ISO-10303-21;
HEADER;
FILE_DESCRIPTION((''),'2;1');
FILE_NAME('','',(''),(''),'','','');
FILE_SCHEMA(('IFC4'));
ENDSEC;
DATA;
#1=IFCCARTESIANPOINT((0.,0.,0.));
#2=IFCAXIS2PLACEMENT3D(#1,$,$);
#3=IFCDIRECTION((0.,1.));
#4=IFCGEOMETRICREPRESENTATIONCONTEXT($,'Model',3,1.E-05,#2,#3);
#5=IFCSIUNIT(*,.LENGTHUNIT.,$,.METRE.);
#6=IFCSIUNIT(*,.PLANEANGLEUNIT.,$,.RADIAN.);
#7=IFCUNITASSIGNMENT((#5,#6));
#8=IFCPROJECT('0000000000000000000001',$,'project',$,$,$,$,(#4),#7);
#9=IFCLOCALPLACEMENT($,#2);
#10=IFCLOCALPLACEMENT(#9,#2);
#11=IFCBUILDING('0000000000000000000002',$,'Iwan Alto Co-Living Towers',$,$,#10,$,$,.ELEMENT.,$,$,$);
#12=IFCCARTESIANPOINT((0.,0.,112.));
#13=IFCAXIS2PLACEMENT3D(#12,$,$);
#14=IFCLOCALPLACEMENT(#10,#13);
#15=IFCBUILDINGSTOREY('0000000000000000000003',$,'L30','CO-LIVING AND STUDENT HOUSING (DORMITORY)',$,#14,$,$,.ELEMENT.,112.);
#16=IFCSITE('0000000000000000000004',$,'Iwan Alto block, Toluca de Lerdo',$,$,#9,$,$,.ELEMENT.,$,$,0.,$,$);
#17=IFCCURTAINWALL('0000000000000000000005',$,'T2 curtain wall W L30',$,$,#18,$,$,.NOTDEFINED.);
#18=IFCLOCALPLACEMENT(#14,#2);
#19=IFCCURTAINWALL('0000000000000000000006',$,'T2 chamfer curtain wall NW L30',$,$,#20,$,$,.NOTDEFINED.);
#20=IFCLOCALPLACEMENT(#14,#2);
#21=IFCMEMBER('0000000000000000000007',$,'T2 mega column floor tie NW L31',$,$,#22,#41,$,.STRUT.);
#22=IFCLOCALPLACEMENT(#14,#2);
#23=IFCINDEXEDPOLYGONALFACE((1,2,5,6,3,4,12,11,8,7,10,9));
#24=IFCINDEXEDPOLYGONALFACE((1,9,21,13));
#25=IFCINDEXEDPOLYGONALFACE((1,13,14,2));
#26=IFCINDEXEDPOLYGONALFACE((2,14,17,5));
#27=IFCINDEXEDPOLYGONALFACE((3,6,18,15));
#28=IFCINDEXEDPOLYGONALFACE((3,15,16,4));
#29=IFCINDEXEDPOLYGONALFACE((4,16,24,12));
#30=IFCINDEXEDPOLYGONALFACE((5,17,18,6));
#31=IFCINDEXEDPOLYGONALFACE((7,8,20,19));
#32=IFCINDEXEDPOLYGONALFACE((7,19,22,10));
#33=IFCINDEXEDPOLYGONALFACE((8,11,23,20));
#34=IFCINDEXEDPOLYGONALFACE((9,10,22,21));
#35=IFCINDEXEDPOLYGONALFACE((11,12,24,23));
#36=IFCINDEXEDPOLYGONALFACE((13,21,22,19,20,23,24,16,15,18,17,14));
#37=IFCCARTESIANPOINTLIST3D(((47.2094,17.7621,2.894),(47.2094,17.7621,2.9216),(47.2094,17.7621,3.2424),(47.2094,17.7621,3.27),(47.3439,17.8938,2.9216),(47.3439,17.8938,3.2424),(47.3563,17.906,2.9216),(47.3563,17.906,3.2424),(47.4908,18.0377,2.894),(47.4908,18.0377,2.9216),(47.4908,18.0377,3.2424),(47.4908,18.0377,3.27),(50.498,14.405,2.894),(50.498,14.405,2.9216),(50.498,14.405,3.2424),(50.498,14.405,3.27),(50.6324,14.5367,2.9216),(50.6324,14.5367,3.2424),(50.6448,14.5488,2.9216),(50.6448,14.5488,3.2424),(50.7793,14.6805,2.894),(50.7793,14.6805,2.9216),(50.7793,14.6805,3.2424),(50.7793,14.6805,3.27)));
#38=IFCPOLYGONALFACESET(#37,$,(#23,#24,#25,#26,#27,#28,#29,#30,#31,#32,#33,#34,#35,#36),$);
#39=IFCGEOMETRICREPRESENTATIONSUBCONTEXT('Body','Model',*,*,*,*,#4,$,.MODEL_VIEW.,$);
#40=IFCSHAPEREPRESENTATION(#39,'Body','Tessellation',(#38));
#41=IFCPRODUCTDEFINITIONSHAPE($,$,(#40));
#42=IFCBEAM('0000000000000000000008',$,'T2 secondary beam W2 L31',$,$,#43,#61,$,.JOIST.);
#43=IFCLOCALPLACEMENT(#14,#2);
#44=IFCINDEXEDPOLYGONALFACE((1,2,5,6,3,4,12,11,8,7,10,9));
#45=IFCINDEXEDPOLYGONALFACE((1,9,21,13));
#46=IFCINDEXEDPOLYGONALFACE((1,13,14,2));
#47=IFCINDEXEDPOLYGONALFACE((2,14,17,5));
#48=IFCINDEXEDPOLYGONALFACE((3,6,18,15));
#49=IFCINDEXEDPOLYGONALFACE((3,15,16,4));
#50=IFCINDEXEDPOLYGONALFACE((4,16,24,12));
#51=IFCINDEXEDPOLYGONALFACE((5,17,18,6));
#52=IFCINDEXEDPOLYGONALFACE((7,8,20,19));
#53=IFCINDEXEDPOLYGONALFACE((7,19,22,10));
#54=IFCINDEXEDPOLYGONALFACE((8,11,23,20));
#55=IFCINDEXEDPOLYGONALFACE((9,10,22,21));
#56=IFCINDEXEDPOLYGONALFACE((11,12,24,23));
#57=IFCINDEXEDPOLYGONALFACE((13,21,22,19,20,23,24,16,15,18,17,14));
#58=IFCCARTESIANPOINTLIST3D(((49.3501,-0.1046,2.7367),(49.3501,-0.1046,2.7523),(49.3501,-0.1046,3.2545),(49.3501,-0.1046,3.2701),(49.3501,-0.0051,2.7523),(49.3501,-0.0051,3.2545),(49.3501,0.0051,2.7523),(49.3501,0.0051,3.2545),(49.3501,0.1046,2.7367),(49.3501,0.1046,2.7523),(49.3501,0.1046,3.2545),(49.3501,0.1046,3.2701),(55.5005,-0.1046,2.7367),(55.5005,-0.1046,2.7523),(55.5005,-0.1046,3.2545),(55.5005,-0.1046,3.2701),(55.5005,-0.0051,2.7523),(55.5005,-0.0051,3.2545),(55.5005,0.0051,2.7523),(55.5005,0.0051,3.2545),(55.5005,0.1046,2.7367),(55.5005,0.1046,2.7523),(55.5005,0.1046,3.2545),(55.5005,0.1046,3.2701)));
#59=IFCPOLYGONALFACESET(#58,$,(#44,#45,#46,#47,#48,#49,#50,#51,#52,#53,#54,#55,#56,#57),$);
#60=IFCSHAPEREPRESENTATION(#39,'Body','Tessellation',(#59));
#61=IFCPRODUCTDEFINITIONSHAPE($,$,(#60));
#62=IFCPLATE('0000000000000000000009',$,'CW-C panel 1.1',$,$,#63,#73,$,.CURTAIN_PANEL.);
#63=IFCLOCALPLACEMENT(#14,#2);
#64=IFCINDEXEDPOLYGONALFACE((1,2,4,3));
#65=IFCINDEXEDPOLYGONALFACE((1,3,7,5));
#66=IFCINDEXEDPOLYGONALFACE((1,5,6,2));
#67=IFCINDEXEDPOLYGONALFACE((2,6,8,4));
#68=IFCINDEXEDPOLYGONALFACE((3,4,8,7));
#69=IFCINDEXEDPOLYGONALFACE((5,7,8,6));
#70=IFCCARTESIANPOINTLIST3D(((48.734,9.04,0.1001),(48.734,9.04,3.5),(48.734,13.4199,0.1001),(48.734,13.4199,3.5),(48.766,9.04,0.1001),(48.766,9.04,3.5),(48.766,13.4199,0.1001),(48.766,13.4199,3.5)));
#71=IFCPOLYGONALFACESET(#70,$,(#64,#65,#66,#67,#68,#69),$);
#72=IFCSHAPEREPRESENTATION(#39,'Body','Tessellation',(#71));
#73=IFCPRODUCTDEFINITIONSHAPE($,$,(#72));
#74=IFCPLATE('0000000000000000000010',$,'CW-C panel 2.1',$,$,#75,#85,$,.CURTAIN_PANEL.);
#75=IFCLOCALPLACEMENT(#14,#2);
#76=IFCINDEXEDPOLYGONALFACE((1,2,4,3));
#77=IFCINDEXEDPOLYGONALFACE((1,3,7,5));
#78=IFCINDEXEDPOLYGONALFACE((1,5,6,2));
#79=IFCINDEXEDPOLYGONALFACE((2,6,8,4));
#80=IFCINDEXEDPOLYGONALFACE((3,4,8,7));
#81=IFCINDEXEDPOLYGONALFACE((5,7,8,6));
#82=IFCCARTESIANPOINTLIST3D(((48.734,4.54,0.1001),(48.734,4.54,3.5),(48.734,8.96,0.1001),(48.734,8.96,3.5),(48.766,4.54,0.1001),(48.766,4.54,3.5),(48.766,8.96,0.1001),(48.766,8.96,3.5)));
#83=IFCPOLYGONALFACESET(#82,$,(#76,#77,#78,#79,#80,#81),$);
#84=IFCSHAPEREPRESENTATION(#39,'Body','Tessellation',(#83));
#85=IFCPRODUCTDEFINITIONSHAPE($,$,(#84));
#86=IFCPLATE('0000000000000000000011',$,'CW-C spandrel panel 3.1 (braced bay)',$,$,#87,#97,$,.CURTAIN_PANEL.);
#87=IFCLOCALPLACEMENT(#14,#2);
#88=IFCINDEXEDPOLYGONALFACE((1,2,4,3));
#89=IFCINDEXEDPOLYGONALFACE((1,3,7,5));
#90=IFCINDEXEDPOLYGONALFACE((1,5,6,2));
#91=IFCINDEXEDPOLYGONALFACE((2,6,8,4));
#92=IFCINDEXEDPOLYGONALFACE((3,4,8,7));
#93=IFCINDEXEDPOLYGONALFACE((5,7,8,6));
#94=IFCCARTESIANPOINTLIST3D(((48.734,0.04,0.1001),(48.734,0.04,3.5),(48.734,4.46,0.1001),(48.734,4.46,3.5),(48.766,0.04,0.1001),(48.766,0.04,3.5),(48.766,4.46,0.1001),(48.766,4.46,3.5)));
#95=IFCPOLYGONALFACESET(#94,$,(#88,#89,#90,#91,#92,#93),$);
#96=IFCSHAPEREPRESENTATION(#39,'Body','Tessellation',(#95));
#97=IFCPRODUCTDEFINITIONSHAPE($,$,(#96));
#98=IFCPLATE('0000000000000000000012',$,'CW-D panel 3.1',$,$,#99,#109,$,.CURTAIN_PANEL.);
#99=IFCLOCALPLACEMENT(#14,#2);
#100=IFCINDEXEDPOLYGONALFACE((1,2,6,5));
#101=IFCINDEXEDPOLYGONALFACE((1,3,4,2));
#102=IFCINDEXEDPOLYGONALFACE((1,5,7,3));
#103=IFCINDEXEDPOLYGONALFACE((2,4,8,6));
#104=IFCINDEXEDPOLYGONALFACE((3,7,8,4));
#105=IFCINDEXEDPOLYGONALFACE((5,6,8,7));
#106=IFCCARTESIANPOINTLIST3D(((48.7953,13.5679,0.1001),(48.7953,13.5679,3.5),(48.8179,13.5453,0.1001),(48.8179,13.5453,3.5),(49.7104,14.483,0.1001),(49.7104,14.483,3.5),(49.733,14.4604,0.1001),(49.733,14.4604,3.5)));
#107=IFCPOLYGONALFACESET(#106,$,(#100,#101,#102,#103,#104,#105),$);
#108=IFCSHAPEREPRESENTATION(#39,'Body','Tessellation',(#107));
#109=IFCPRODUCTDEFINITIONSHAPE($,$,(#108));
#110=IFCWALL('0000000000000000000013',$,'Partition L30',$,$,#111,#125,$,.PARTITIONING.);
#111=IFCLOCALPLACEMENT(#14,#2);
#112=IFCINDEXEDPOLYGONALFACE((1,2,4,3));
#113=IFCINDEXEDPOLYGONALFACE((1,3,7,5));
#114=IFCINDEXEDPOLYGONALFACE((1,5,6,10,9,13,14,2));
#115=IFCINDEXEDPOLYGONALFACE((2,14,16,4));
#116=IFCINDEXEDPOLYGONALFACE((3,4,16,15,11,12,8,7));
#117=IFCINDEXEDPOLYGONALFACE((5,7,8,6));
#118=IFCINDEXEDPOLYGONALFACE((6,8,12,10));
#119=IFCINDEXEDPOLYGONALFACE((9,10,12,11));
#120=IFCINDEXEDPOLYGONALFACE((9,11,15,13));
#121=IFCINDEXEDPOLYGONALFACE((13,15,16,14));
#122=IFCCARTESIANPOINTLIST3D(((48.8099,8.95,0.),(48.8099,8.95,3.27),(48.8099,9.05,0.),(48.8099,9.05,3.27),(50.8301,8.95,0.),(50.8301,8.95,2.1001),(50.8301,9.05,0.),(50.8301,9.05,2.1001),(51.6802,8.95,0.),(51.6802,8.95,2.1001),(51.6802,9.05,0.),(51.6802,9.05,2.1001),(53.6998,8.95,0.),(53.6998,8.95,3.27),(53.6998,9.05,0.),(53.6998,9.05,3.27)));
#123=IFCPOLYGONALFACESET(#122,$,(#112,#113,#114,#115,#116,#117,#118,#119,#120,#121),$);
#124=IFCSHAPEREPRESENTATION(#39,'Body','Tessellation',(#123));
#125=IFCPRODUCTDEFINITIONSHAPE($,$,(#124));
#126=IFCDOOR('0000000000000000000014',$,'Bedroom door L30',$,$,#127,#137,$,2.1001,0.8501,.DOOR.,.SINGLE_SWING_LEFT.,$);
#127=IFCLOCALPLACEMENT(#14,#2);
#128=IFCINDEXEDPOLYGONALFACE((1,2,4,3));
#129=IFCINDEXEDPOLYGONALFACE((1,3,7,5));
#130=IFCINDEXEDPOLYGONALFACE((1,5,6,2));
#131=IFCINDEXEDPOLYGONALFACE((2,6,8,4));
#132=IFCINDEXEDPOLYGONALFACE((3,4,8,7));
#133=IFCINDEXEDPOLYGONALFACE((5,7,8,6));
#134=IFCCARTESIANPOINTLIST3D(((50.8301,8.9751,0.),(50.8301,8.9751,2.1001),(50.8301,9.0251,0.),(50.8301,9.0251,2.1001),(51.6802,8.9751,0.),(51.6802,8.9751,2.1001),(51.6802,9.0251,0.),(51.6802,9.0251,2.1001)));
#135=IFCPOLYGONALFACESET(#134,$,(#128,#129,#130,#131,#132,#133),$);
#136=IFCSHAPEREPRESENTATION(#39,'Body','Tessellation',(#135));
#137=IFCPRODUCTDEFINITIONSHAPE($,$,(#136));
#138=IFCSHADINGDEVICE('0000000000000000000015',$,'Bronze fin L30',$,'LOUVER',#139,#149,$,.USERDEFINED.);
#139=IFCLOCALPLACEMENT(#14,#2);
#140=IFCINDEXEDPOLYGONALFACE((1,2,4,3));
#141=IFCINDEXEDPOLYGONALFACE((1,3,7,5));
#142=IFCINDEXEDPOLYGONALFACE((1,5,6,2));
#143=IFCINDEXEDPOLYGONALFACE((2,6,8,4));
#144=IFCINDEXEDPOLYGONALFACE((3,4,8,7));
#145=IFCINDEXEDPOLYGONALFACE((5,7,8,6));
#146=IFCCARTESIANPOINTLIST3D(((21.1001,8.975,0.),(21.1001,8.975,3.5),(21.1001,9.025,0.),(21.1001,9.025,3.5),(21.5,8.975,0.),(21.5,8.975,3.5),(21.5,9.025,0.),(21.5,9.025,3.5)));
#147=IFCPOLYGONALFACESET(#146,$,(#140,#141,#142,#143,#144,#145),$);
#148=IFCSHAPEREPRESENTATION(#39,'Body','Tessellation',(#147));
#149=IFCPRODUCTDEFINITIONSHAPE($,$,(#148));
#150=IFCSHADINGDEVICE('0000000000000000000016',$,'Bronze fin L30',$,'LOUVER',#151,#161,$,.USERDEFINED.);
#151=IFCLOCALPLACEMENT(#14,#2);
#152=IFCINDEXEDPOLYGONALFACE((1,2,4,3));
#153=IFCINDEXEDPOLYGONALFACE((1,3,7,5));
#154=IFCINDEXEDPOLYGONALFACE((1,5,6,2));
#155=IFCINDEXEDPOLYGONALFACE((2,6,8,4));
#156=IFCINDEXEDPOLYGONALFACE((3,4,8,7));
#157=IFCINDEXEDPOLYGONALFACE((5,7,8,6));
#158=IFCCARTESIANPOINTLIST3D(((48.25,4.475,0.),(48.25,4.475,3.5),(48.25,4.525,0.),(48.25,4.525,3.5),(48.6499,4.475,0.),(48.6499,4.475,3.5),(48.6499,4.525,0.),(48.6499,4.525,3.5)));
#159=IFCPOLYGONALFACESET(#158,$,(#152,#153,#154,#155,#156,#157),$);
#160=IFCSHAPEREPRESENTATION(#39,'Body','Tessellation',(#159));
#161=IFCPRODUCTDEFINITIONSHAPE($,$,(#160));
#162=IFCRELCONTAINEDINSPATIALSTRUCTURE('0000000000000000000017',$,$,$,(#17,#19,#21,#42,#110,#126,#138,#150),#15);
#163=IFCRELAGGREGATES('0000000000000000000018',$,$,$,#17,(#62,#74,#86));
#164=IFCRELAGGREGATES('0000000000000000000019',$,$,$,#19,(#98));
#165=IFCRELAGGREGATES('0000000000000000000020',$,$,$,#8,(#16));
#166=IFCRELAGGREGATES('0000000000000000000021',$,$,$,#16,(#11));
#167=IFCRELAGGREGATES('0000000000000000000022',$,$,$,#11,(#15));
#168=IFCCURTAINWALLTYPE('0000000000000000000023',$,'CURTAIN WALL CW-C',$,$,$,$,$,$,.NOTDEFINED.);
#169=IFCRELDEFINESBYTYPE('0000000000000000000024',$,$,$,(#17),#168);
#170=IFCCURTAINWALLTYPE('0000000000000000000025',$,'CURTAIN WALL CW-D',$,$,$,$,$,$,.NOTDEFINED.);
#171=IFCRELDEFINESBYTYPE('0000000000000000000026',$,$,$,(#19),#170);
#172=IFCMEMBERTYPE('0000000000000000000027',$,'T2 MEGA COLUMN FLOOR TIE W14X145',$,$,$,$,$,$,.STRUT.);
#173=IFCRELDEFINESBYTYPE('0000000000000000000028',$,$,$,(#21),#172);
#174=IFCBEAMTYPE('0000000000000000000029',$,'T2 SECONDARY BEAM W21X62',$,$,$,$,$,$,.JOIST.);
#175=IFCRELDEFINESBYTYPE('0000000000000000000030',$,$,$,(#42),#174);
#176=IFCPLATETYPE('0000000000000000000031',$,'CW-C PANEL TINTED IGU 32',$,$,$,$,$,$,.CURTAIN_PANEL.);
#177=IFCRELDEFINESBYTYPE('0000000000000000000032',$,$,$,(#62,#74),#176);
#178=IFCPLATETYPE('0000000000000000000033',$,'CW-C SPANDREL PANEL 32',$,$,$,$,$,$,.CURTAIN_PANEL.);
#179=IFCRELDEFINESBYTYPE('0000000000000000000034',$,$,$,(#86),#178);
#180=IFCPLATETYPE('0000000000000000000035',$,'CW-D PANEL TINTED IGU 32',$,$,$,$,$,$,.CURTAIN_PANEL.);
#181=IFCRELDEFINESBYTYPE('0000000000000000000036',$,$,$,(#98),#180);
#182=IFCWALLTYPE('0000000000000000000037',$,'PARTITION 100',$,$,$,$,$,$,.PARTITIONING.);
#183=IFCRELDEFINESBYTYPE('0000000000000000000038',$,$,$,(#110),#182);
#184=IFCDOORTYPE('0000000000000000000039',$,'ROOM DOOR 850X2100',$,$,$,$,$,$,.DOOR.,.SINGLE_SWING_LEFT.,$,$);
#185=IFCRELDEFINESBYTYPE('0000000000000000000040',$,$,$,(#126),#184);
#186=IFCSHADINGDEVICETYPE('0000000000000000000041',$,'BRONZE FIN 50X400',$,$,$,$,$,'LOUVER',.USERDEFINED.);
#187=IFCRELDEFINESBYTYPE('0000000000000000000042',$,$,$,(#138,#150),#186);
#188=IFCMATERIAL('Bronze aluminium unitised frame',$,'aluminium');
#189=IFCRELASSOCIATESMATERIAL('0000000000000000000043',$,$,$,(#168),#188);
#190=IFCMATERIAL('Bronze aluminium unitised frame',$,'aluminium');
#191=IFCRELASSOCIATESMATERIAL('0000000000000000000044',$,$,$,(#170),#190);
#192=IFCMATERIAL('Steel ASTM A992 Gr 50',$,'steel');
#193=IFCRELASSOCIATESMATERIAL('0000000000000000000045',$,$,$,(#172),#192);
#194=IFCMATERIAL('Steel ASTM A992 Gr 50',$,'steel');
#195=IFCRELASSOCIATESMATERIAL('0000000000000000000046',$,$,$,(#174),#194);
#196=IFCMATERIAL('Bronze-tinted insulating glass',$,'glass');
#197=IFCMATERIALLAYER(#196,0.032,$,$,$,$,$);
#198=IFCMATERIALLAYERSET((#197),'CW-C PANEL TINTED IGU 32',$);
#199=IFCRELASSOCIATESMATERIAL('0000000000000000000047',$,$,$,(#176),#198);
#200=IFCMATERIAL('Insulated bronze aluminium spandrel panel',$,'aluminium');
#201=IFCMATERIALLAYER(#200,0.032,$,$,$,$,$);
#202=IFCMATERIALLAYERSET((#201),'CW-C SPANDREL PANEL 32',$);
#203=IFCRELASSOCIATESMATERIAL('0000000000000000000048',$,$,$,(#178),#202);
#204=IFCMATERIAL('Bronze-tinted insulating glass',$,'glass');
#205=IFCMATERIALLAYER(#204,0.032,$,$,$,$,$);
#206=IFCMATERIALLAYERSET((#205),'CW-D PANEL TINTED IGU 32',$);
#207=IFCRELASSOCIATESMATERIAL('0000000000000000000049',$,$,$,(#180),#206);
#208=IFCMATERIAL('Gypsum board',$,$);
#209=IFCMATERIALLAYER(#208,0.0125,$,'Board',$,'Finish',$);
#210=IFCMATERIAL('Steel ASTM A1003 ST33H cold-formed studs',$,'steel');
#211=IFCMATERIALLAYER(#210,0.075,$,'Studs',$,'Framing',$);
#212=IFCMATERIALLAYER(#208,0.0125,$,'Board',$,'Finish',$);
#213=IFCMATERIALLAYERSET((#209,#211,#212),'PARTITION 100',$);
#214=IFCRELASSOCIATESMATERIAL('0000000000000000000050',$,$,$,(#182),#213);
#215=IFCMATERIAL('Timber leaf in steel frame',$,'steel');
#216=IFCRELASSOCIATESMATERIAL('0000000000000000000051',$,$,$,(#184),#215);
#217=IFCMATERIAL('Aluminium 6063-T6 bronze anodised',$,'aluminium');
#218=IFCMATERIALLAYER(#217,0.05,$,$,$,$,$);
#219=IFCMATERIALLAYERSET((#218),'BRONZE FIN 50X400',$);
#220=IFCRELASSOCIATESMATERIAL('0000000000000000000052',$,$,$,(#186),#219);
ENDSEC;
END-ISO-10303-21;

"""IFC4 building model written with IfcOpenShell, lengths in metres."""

from ifc_helpers import new_model, si_unit, direction, frame, frame_2d, origin, origin_2d, place, context, subcontext, project, spatial, rectangle, i_section, extrude, material, layer, layer_set, material_profile, profile_set, type_object, element, fill, aggregate, save


model = new_model("IFC4")

# Units and contexts
model_context = context("Model", 3, precision=1e-05, world=origin(), true_north=direction((0.0, 1.0)))
body_context = subcontext(model_context, "Body", "Model", "MODEL_VIEW")
ifc_project = project(units=[si_unit("LENGTHUNIT", "METRE"), si_unit("PLANEANGLEUNIT", "RADIAN")], contexts=[model_context])

# Site, building, storey
site_placement = place(None, origin())
site = spatial("IfcSite", under=ifc_project, at=site_placement, Name="Iwan Alto block, Toluca de Lerdo", CompositionType="ELEMENT", RefElevation=0.0)
building_placement = place(site_placement, origin())
building = spatial("IfcBuilding", under=site, at=building_placement, Name="Iwan Alto Co-Living Towers", CompositionType="ELEMENT")
storey_placement = place(building_placement, frame((0.0, 0.0, 112.0)))
storey = spatial("IfcBuildingStorey", under=building, at=storey_placement, Name="L30", Description="CO-LIVING AND STUDENT HOUSING (DORMITORY)", CompositionType="ELEMENT", Elevation=112.0)

# Curtain wall
ifc_material_1 = material(Name="Bronze aluminium unitised frame", Category="aluminium")
curtain_wall_type_1 = type_object("IfcCurtainWallType", Name="CURTAIN WALL CW-C", PredefinedType="NOTDEFINED", material=ifc_material_1)
curtain_wall_1_placement = place(storey_placement, origin())
curtain_wall_1 = element("IfcCurtainWall", 1, at=curtain_wall_1_placement, inside=storey, type_object=curtain_wall_type_1, Name="T2 curtain wall W L30", PredefinedType="NOTDEFINED")

# Curtain wall
ifc_material_2 = material(Name="Bronze aluminium unitised frame", Category="aluminium")
curtain_wall_type_2 = type_object("IfcCurtainWallType", Name="CURTAIN WALL CW-D", PredefinedType="NOTDEFINED", material=ifc_material_2)
curtain_wall_2_placement = place(storey_placement, origin())
curtain_wall_2 = element("IfcCurtainWall", 2, at=curtain_wall_2_placement, inside=storey, type_object=curtain_wall_type_2, Name="T2 chamfer curtain wall NW L30", PredefinedType="NOTDEFINED")

# Member
ifc_material_3 = material(Name="Steel ASTM A992 Gr 50", Category="steel")
ifc_material_profile_1 = material_profile(ifc_material_3, i_section(OverallWidth=0.3938, OverallDepth=0.376, WebThickness=0.0173, FlangeThickness=0.0276, at=origin_2d()), Name="W14X145")
ifc_profile_set_1 = profile_set([ifc_material_profile_1], Name="Steel ASTM A992 Gr 50")
member_type_1 = type_object("IfcMemberType", Name="T2 MEGA COLUMN FLOOR TIE W14X145", PredefinedType="STRUT", material=ifc_profile_set_1)
member_1_placement = place(storey_placement, frame((47.3501, 17.8999, 3.082), z_axis=(0.69977, -0.714368, 0.0), x_axis=(0.714368, 0.69977, 0.0)))
element("IfcMember", 3, at=member_1_placement, inside=storey, type_object=member_type_1, Name="T2 mega column floor tie NW L31", PredefinedType="STRUT", context=body_context, shape_type="SweptSolid", body=[
    extrude(i_section(OverallWidth=0.3938, OverallDepth=0.376, WebThickness=0.0173, FlangeThickness=0.0276, at=origin_2d()), origin(), (0.0, 0.0, 1.0), 4.6995),
])

# Beam
ifc_material_4 = material(Name="Steel ASTM A992 Gr 50", Category="steel")
ifc_material_profile_2 = material_profile(ifc_material_4, i_section(OverallWidth=0.2092, OverallDepth=0.5334, WebThickness=0.0103, FlangeThickness=0.0156, at=origin_2d()), Name="W21X62")
ifc_profile_set_2 = profile_set([ifc_material_profile_2], Name="Steel ASTM A992 Gr 50")
beam_type = type_object("IfcBeamType", Name="T2 SECONDARY BEAM W21X62", PredefinedType="JOIST", material=ifc_profile_set_2)
beam_placement = place(storey_placement, frame((49.3501, 0.0, 3.0034), z_axis=(1.0, 0.0, 0.0), x_axis=(0.0, 1.0, 0.0)))
element("IfcBeam", 4, at=beam_placement, inside=storey, type_object=beam_type, Name="T2 secondary beam W2 L31", PredefinedType="JOIST", context=body_context, shape_type="SweptSolid", body=[
    extrude(i_section(OverallWidth=0.2092, OverallDepth=0.5334, WebThickness=0.0103, FlangeThickness=0.0156, at=origin_2d()), origin(), (0.0, 0.0, 1.0), 6.1504),
])

# Plates
ifc_material_5 = material(Name="Bronze-tinted insulating glass", Category="glass")
ifc_layer_1 = layer(ifc_material_5, 0.032)
ifc_layer_set_1 = layer_set([ifc_layer_1], Name="CW-C PANEL TINTED IGU 32")
plate_type_1 = type_object("IfcPlateType", Name="CW-C PANEL TINTED IGU 32", PredefinedType="CURTAIN_PANEL", material=ifc_layer_set_1)
plate_1_placement = place(storey_placement, frame((48.75, 11.23, 0.1001), z_axis=(0.0, 0.0, 1.0), x_axis=(0.0, -1.0, 0.0)))
plate_1 = element("IfcPlate", 5, at=plate_1_placement, type_object=plate_type_1, Name="CW-C panel 1.1", PredefinedType="CURTAIN_PANEL", context=body_context, shape_type="SweptSolid", body=[
    extrude(rectangle(XDim=4.3799, YDim=0.032, at=origin_2d()), origin(), (0.0, 0.0, 1.0), 3.3999),
])
plate_2_placement = place(storey_placement, frame((48.75, 6.75, 0.1001), z_axis=(0.0, 0.0, 1.0), x_axis=(0.0, -1.0, 0.0)))
plate_2 = element("IfcPlate", 6, at=plate_2_placement, type_object=plate_type_1, Name="CW-C panel 2.1", PredefinedType="CURTAIN_PANEL", context=body_context, shape_type="SweptSolid", body=[
    extrude(rectangle(XDim=4.4199, YDim=0.032, at=origin_2d()), origin(), (0.0, 0.0, 1.0), 3.3999),
])
ifc_material_6 = material(Name="Insulated bronze aluminium spandrel panel", Category="aluminium")
ifc_layer_2 = layer(ifc_material_6, 0.032)
ifc_layer_set_2 = layer_set([ifc_layer_2], Name="CW-C SPANDREL PANEL 32")
plate_type_2 = type_object("IfcPlateType", Name="CW-C SPANDREL PANEL 32", PredefinedType="CURTAIN_PANEL", material=ifc_layer_set_2)
plate_3_placement = place(storey_placement, frame((48.75, 2.25, 0.1001), z_axis=(0.0, 0.0, 1.0), x_axis=(0.0, -1.0, 0.0)))
plate_3 = element("IfcPlate", 7, at=plate_3_placement, type_object=plate_type_2, Name="CW-C spandrel panel 3.1 (braced bay)", PredefinedType="CURTAIN_PANEL", context=body_context, shape_type="SweptSolid", body=[
    extrude(rectangle(XDim=4.4199, YDim=0.032, at=origin_2d()), origin(), (0.0, 0.0, 1.0), 3.3999),
])
aggregate(curtain_wall_1, [plate_1, plate_2, plate_3])
ifc_material_7 = material(Name="Bronze-tinted insulating glass", Category="glass")
ifc_layer_3 = layer(ifc_material_7, 0.032)
ifc_layer_set_3 = layer_set([ifc_layer_3], Name="CW-D PANEL TINTED IGU 32")
plate_type_3 = type_object("IfcPlateType", Name="CW-D PANEL TINTED IGU 32", PredefinedType="CURTAIN_PANEL", material=ifc_layer_set_3)
plate_4_placement = place(storey_placement, frame((49.2642, 14.0142, 0.1001), z_axis=(0.0, 0.0, 1.0), x_axis=(-0.707107, -0.707107, 0.0)))
plate_4 = element("IfcPlate", 8, at=plate_4_placement, type_object=plate_type_3, Name="CW-D panel 3.1", PredefinedType="CURTAIN_PANEL", context=body_context, shape_type="SweptSolid", body=[
    extrude(rectangle(XDim=1.2942, YDim=0.032, at=origin_2d()), origin(), (0.0, 0.0, 1.0), 3.3999),
])
aggregate(curtain_wall_2, [plate_4])

# Wall, opening, door
ifc_material_8 = material(Name="Gypsum board")
ifc_layer_4 = layer(ifc_material_8, 0.0125, Name="Board", Category="Finish")
ifc_material_9 = material(Name="Steel ASTM A1003 ST33H cold-formed studs", Category="steel")
ifc_layer_5 = layer(ifc_material_9, 0.075, Name="Studs", Category="Framing")
ifc_layer_6 = layer(ifc_material_8, 0.0125, Name="Board", Category="Finish")
ifc_layer_set_4 = layer_set([ifc_layer_4, ifc_layer_5, ifc_layer_6], Name="PARTITION 100")
wall_type = type_object("IfcWallType", Name="PARTITION 100", PredefinedType="PARTITIONING", material=ifc_layer_set_4)
wall_placement = place(storey_placement, frame((48.8101, 9.0, 0.0), z_axis=(0.0, 0.0, 1.0), x_axis=(1.0, 0.0, 0.0)))
wall = element("IfcWall", 9, at=wall_placement, inside=storey, type_object=wall_type, Name="Partition L30", PredefinedType="PARTITIONING", context=body_context, shape_type="SweptSolid", body=[
    extrude(rectangle(XDim=4.8899, YDim=0.1001, at=frame_2d((2.4448, 0.0))), origin(), (0.0, 0.0, 1.0), 3.27),
])
opening_placement = place(wall_placement, frame((2.02, 0.0, 0.0)))
opening = element("IfcOpeningElement", 10, at=opening_placement, cuts=wall, PredefinedType="OPENING", context=body_context, shape_type="SweptSolid", body=[
    extrude(rectangle(XDim=0.8501, YDim=2.1001, at=frame_2d((0.425, 1.05))), frame((0.0, 0.0601, 0.0), z_axis=(0.0, -1.0, 0.0), x_axis=(1.0, 0.0, 0.0)), (0.0, 0.0, 1.0), 0.1201),
])
ifc_material_10 = material(Name="Timber leaf in steel frame", Category="steel")
door_type = type_object("IfcDoorType", Name="ROOM DOOR 850X2100", OperationType="SINGLE_SWING_LEFT", PredefinedType="DOOR", material=ifc_material_10)
door_placement = place(opening_placement, frame((0.8501, 0.0, 0.0), z_axis=(0.0, 0.0, 1.0), x_axis=(-1.0, 0.0, 0.0)))
door = element("IfcDoor", 11, at=door_placement, inside=storey, type_object=door_type, Name="Bedroom door L30", OperationType="SINGLE_SWING_LEFT", OverallHeight=2.1001, OverallWidth=0.8501, PredefinedType="DOOR", context=body_context, shape_type="SweptSolid", body=[
    extrude(rectangle(XDim=0.8501, YDim=2.1001, at=frame_2d((0.425, 1.05))), frame((0.0, 0.0249, 0.0), z_axis=(0.0, -1.0, 0.0), x_axis=(1.0, 0.0, 0.0)), (0.0, 0.0, 1.0), 0.05),
])
fill(opening, door)

# Shading devices
ifc_material_11 = material(Name="Aluminium 6063-T6 bronze anodised", Category="aluminium")
ifc_layer_7 = layer(ifc_material_11, 0.05)
ifc_layer_set_5 = layer_set([ifc_layer_7], Name="BRONZE FIN 50X400")
shading_device_type = type_object("IfcShadingDeviceType", Name="BRONZE FIN 50X400", ElementType="LOUVER", PredefinedType="USERDEFINED", material=ifc_layer_set_5)
for number, where, z_axis, x_axis, name in (
    (12, (21.3, 9.0, 0.0), (0.0, 0.0, 1.0), (0.0, 1.0, 0.0), "Bronze fin L30"),
    (13, (48.45, 4.5, 0.0), (0.0, 0.0, 1.0), (0.0, -1.0, 0.0), "Bronze fin L30"),
):
    element("IfcShadingDevice", number, at=place(storey_placement, frame(where, z_axis=z_axis, x_axis=x_axis)), inside=storey, type_object=shading_device_type, Name=name, ObjectType="LOUVER", PredefinedType="USERDEFINED", context=body_context, shape_type="SweptSolid", body=[
        extrude(rectangle(XDim=0.05, YDim=0.3999, at=origin_2d()), origin(), (0.0, 0.0, 1.0), 3.5),
    ])

save(model, "model.ifc")
